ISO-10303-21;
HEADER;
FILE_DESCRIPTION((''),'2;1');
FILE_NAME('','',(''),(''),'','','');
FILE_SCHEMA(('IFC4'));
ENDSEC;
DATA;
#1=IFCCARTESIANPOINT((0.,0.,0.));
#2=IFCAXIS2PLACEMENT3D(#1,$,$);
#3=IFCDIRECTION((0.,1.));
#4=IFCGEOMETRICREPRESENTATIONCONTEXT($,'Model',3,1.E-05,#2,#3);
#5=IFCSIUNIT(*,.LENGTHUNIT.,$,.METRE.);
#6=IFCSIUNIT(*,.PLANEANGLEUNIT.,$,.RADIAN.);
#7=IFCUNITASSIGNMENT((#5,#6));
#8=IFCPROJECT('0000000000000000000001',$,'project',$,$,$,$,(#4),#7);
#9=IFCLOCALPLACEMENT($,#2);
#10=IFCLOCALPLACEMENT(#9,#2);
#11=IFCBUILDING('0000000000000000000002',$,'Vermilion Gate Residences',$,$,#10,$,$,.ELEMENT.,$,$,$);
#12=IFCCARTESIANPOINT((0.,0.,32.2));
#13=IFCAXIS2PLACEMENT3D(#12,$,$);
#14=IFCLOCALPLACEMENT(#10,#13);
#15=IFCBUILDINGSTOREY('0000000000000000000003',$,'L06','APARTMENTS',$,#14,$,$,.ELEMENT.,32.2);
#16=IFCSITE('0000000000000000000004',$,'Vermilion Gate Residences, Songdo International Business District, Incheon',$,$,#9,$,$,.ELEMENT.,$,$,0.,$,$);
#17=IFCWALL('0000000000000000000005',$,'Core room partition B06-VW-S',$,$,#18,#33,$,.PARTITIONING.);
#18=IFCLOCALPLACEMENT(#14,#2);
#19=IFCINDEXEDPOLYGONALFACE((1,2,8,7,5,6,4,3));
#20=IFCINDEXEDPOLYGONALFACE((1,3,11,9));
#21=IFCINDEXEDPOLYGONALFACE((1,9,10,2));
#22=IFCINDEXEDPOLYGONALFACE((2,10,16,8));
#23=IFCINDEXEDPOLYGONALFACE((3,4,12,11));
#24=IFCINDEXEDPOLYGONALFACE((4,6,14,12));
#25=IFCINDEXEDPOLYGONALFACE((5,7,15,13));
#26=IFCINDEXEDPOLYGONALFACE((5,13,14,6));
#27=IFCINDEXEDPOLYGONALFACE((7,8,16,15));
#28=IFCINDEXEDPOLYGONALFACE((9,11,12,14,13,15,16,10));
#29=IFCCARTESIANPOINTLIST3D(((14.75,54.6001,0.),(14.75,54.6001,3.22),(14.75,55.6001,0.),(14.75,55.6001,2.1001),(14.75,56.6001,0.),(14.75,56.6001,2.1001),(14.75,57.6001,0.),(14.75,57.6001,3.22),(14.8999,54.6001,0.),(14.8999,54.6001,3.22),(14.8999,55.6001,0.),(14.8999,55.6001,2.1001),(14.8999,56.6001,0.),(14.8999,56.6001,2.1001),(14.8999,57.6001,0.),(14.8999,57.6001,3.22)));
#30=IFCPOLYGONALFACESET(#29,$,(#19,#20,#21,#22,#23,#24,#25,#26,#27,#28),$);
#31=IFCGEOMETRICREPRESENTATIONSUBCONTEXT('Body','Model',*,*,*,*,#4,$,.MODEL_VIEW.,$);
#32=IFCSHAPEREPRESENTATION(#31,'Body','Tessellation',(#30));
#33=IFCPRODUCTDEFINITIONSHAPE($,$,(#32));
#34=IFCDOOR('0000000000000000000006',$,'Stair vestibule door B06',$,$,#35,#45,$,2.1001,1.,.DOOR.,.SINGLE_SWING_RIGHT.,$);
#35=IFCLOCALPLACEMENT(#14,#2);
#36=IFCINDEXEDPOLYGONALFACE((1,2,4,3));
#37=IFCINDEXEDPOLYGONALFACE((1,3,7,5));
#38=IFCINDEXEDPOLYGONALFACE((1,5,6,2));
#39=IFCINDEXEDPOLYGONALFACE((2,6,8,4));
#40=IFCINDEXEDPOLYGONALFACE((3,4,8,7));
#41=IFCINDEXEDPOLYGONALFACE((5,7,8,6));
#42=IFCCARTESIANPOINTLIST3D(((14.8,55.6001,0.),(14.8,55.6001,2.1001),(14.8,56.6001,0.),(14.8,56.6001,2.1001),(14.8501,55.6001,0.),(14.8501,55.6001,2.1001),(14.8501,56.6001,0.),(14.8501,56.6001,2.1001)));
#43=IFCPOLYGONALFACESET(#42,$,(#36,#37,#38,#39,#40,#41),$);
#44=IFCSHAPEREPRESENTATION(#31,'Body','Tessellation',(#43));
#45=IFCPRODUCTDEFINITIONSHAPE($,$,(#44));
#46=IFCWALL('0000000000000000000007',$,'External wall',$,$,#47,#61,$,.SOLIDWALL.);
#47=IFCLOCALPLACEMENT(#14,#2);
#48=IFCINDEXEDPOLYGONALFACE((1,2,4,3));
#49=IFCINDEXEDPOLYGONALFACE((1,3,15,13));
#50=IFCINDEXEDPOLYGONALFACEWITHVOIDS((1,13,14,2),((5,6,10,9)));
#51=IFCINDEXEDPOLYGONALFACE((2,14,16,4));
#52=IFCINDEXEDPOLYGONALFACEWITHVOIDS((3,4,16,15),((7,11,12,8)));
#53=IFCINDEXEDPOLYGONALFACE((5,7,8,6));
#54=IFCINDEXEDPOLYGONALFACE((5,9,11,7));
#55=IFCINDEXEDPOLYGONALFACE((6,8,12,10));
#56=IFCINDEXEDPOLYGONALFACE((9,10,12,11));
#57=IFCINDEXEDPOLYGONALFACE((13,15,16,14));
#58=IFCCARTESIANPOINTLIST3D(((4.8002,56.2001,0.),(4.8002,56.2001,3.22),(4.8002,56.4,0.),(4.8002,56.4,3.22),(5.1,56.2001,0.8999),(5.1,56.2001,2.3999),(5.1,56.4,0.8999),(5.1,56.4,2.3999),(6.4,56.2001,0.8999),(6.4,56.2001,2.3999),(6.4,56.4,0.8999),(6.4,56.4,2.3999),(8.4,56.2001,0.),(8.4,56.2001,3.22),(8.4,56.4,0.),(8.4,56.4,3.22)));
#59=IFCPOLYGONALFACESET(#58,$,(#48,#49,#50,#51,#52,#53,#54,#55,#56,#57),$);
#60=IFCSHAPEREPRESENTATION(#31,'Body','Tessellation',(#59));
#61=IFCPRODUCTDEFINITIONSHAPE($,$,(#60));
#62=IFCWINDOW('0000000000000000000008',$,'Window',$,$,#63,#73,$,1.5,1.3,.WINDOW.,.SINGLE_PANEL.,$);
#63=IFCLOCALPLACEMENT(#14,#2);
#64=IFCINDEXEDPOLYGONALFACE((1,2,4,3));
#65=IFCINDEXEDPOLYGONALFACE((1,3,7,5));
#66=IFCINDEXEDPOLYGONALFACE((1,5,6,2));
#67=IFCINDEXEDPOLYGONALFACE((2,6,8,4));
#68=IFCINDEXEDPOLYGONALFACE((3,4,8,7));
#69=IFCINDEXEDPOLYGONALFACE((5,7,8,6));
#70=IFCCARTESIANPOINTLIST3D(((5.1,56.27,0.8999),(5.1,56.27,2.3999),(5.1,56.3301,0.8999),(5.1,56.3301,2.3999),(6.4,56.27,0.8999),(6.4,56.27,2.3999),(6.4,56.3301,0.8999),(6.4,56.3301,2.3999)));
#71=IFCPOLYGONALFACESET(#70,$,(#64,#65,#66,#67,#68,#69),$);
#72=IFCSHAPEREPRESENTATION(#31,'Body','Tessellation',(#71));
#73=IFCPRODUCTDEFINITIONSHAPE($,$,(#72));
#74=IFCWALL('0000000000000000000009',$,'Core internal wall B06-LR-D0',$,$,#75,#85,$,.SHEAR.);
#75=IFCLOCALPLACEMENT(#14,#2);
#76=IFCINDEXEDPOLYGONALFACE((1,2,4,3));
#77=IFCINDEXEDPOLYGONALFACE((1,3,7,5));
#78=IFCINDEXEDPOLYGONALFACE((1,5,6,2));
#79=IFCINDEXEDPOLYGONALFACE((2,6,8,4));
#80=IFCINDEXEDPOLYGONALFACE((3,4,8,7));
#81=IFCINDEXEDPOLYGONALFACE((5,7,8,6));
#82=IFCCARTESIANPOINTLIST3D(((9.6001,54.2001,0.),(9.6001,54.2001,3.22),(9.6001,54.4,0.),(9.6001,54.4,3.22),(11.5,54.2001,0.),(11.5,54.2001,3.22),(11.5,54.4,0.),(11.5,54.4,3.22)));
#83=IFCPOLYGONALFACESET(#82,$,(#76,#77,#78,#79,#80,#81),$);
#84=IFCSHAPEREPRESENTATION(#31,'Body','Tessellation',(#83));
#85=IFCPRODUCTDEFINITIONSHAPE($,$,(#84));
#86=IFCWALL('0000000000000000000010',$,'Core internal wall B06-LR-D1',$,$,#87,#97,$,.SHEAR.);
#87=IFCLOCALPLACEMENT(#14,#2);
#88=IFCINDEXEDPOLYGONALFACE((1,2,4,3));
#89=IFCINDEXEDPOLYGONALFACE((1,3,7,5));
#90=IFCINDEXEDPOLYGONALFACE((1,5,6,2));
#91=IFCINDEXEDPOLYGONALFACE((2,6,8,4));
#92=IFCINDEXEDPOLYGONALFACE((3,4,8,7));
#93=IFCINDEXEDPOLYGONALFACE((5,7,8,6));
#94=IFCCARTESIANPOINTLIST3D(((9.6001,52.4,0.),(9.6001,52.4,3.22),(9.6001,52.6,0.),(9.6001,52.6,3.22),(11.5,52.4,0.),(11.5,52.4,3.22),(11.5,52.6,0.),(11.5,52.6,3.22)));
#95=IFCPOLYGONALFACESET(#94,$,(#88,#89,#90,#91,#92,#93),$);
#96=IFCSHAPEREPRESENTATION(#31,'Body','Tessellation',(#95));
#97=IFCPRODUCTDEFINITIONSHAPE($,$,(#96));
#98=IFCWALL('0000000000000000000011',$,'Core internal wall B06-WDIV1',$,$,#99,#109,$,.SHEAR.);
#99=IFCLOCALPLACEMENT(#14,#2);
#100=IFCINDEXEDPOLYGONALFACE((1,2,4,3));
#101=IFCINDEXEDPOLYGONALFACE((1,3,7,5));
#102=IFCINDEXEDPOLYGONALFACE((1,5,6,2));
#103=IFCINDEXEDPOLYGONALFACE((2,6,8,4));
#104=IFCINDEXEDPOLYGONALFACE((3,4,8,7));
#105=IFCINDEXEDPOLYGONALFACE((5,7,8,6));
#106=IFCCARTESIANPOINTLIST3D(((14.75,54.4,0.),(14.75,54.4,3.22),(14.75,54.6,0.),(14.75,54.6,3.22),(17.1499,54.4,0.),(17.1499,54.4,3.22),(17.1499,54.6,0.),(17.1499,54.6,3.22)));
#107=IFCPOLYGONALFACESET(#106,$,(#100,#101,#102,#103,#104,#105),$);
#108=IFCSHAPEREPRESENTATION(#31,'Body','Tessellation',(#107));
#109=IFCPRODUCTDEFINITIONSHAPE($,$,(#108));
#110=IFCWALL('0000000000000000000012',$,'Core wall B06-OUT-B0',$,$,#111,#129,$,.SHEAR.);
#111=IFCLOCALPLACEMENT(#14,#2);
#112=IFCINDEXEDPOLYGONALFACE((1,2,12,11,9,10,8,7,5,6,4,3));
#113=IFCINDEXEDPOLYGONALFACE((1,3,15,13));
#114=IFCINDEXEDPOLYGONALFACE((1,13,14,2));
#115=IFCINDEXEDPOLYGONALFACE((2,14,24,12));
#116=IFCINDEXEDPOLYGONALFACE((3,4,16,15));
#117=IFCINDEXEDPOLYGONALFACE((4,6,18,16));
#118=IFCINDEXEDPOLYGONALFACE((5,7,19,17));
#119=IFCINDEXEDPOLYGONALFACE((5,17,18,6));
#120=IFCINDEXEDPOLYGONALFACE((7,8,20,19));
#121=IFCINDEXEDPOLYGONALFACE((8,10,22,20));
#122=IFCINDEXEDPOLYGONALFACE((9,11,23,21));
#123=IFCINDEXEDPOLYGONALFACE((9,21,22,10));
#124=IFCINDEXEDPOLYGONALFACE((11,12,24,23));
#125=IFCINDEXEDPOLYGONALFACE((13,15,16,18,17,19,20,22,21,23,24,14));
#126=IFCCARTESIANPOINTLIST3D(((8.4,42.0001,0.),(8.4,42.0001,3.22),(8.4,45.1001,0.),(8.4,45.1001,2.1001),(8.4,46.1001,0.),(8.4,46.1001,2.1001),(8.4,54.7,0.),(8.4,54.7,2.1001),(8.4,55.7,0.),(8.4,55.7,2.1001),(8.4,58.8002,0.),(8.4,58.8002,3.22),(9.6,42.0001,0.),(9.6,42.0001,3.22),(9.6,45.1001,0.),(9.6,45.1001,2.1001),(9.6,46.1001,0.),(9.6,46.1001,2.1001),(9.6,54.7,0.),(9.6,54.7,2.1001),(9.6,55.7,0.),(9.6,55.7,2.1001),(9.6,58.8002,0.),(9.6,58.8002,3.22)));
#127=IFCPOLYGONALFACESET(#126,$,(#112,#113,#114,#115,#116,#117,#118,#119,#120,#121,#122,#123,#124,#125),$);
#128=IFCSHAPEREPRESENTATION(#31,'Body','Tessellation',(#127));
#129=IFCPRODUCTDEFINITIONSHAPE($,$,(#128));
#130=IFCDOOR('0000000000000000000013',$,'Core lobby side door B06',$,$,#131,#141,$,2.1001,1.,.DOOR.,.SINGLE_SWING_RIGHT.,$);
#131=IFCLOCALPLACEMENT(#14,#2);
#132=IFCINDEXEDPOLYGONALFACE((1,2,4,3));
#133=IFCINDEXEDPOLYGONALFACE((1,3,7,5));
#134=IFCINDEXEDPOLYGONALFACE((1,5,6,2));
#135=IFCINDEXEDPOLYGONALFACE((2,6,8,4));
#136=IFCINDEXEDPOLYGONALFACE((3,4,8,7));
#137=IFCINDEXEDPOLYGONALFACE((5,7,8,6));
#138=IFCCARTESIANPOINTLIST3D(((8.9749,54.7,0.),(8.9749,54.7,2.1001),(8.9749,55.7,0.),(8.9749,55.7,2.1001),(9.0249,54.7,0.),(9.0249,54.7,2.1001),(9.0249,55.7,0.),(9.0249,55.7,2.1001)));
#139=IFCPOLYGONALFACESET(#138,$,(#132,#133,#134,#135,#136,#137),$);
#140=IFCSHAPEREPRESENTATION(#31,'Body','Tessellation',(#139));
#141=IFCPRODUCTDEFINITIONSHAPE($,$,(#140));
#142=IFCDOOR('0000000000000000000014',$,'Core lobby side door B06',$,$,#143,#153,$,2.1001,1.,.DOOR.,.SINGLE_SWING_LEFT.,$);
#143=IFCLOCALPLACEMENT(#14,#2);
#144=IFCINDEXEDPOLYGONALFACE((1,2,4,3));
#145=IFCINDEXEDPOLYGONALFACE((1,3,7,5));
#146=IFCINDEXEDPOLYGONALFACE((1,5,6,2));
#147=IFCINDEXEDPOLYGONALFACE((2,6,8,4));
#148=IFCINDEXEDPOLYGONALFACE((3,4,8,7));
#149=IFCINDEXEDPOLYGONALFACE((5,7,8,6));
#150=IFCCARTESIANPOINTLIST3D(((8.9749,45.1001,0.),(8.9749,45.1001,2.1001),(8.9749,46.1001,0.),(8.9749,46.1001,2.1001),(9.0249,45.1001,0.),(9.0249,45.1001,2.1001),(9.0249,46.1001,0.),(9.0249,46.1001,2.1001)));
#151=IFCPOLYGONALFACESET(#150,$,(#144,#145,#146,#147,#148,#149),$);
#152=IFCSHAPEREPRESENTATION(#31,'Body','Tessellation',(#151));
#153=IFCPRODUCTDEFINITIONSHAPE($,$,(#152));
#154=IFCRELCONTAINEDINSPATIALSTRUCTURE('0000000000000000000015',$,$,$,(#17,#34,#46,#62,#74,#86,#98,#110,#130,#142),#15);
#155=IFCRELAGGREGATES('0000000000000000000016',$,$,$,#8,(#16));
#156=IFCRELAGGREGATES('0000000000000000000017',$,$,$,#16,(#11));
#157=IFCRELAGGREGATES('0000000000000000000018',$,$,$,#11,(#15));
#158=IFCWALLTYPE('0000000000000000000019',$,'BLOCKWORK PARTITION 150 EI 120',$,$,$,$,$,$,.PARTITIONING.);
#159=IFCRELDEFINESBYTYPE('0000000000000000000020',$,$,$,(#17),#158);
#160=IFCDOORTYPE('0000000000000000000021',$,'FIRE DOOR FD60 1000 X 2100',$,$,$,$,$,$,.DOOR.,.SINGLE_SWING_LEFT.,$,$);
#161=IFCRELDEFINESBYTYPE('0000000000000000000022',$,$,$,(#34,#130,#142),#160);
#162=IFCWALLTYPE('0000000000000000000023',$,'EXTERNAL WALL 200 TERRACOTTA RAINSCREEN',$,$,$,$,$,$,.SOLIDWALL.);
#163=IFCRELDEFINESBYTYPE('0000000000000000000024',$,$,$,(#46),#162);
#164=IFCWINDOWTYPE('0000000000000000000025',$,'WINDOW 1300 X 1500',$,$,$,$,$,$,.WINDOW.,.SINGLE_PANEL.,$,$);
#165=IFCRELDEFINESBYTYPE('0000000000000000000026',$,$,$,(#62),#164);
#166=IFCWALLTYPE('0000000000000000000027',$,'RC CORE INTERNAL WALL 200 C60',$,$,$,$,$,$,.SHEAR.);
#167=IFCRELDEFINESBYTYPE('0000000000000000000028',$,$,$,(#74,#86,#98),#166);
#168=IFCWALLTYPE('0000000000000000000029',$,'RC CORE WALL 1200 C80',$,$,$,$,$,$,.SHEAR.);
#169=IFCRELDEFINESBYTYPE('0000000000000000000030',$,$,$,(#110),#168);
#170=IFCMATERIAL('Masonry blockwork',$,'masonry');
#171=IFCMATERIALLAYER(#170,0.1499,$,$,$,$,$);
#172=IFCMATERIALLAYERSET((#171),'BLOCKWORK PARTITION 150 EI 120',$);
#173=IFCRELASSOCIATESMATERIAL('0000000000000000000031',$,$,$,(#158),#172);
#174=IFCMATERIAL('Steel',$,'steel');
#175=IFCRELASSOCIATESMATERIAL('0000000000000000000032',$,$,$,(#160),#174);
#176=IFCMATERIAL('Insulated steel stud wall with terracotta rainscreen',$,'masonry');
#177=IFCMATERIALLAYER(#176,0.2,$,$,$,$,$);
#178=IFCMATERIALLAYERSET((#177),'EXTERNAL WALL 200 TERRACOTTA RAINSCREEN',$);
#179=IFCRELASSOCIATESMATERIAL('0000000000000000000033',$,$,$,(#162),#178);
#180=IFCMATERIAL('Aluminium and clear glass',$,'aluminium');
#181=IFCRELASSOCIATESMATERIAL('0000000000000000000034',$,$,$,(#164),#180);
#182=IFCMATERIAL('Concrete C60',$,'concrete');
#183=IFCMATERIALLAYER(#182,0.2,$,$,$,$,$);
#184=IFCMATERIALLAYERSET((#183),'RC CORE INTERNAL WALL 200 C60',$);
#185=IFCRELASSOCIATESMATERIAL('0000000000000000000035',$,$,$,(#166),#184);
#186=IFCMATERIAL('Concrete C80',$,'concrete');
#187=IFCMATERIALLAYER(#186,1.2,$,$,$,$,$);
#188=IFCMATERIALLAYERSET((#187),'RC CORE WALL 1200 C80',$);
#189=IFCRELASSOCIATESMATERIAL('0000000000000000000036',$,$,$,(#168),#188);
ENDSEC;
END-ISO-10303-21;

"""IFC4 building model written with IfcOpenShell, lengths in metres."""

from ifc_helpers import new_model, si_unit, direction, frame, frame_2d, origin, place, context, subcontext, project, spatial, rectangle, extrude, material, layer, layer_set, type_object, element, fill, save


model = new_model("IFC4")

# Units and contexts
model_context = context("Model", 3, precision=1e-05, world=origin(), true_north=direction((0.0, 1.0)))
body_context = subcontext(model_context, "Body", "Model", "MODEL_VIEW")
ifc_project = project(units=[si_unit("LENGTHUNIT", "METRE"), si_unit("PLANEANGLEUNIT", "RADIAN")], contexts=[model_context])

# Site, building, storey
site_placement = place(None, origin())
site = spatial("IfcSite", under=ifc_project, at=site_placement, Name="Vermilion Gate Residences, Songdo International Business District, Incheon", CompositionType="ELEMENT", RefElevation=0.0)
building_placement = place(site_placement, origin())
building = spatial("IfcBuilding", under=site, at=building_placement, Name="Vermilion Gate Residences", CompositionType="ELEMENT")
storey_placement = place(building_placement, frame((0.0, 0.0, 32.2)))
storey = spatial("IfcBuildingStorey", under=building, at=storey_placement, Name="L06", Description="APARTMENTS", CompositionType="ELEMENT", Elevation=32.2)

# Wall, opening, door
ifc_material_1 = material(Name="Masonry blockwork", Category="masonry")
ifc_layer_1 = layer(ifc_material_1, 0.1499)
ifc_layer_set_1 = layer_set([ifc_layer_1], Name="BLOCKWORK PARTITION 150 EI 120")
wall_type_1 = type_object("IfcWallType", Name="BLOCKWORK PARTITION 150 EI 120", PredefinedType="PARTITIONING", material=ifc_layer_set_1)
wall_1_placement = place(storey_placement, frame((14.825, 57.6001, 0.0), z_axis=(0.0, 0.0, 1.0), x_axis=(0.0, -1.0, 0.0)))
wall_1 = element("IfcWall", 1, at=wall_1_placement, inside=storey, type_object=wall_type_1, Name="Core room partition B06-VW-S", PredefinedType="PARTITIONING", context=body_context, shape_type="SweptSolid", body=[
    extrude(rectangle(XDim=3.0, YDim=0.1499, at=frame_2d((1.5, 0.0))), origin(), (0.0, 0.0, 1.0), 3.22),
])
opening_1_placement = place(wall_1_placement, frame((1.0, 0.0, 0.0)))
opening_1 = element("IfcOpeningElement", 2, at=opening_1_placement, cuts=wall_1, PredefinedType="OPENING", context=body_context, shape_type="SweptSolid", body=[
    extrude(rectangle(XDim=1.0, YDim=2.1001, at=frame_2d((0.5, 1.05))), frame((0.0, 0.085, 0.0), z_axis=(0.0, -1.0, 0.0), x_axis=(1.0, 0.0, 0.0)), (0.0, 0.0, 1.0), 0.1699),
])
ifc_material_2 = material(Name="Steel", Category="steel")
door_type_1 = type_object("IfcDoorType", Name="FIRE DOOR FD60 1000 X 2100", OperationType="SINGLE_SWING_LEFT", PredefinedType="DOOR", material=ifc_material_2)
door_1_placement = place(opening_1_placement, frame((1.0, 0.0, 0.0), z_axis=(0.0, 0.0, 1.0), x_axis=(-1.0, 0.0, 0.0)))
door_1 = element("IfcDoor", 3, at=door_1_placement, inside=storey, type_object=door_type_1, Name="Stair vestibule door B06", OperationType="SINGLE_SWING_RIGHT", OverallHeight=2.1001, OverallWidth=1.0, PredefinedType="DOOR", context=body_context, shape_type="SweptSolid", body=[
    extrude(rectangle(XDim=1.0, YDim=2.1001, at=frame_2d((0.5, 1.05))), frame((0.0, 0.0249, 0.0), z_axis=(0.0, -1.0, 0.0), x_axis=(1.0, 0.0, 0.0)), (0.0, 0.0, 1.0), 0.05),
])
fill(opening_1, door_1)

# Wall, opening, window
ifc_material_3 = material(Name="Insulated steel stud wall with terracotta rainscreen", Category="masonry")
ifc_layer_2 = layer(ifc_material_3, 0.2)
ifc_layer_set_2 = layer_set([ifc_layer_2], Name="EXTERNAL WALL 200 TERRACOTTA RAINSCREEN")
wall_type_2 = type_object("IfcWallType", Name="EXTERNAL WALL 200 TERRACOTTA RAINSCREEN", PredefinedType="SOLIDWALL", material=ifc_layer_set_2)
wall_2_placement = place(storey_placement, frame((8.3999, 56.3, 0.0), z_axis=(0.0, 0.0, 1.0), x_axis=(-1.0, 0.0, 0.0)))
wall_2 = element("IfcWall", 4, at=wall_2_placement, inside=storey, type_object=wall_type_2, Name="External wall", PredefinedType="SOLIDWALL", context=body_context, shape_type="SweptSolid", body=[
    extrude(rectangle(XDim=3.5999, YDim=0.2, at=frame_2d((1.7998, 0.0))), origin(), (0.0, 0.0, 1.0), 3.22),
])
opening_2_placement = place(wall_2_placement, frame((2.0, 0.0, 0.8999)))
opening_2 = element("IfcOpeningElement", 5, at=opening_2_placement, cuts=wall_2, PredefinedType="OPENING", context=body_context, shape_type="SweptSolid", body=[
    extrude(rectangle(XDim=1.3, YDim=1.5, at=frame_2d((0.6499, 0.75))), frame((0.0, 0.1099, 0.0), z_axis=(0.0, -1.0, 0.0), x_axis=(1.0, 0.0, 0.0)), (0.0, 0.0, 1.0), 0.22),
])
ifc_material_4 = material(Name="Aluminium and clear glass", Category="aluminium")
window_type_1 = type_object("IfcWindowType", Name="WINDOW 1300 X 1500", PartitioningType="SINGLE_PANEL", PredefinedType="WINDOW", material=ifc_material_4)
window_1_placement = place(opening_2_placement, origin())
window_1 = element("IfcWindow", 6, at=window_1_placement, inside=storey, type_object=window_type_1, Name="Window", OverallHeight=1.5, OverallWidth=1.3, PartitioningType="SINGLE_PANEL", PredefinedType="WINDOW", context=body_context, shape_type="SweptSolid", body=[
    extrude(rectangle(XDim=1.3, YDim=1.5, at=frame_2d((0.6499, 0.75))), frame((0.0, 0.03, 0.0), z_axis=(0.0, -1.0, 0.0), x_axis=(1.0, 0.0, 0.0)), (0.0, 0.0, 1.0), 0.0601),
])
fill(opening_2, window_1)

# Walls
ifc_material_5 = material(Name="Concrete C60", Category="concrete")
ifc_layer_3 = layer(ifc_material_5, 0.2)
ifc_layer_set_3 = layer_set([ifc_layer_3], Name="RC CORE INTERNAL WALL 200 C60")
wall_type_3 = type_object("IfcWallType", Name="RC CORE INTERNAL WALL 200 C60", PredefinedType="SHEAR", material=ifc_layer_set_3)
for number, where, z_axis, x_axis, name in (
    (7, (9.6001, 54.3, 0.0), (0.0, 0.0, 1.0), (1.0, 0.0, 0.0), "Core internal wall B06-LR-D0"),
    (8, (9.6001, 52.5, 0.0), (0.0, 0.0, 1.0), (1.0, 0.0, 0.0), "Core internal wall B06-LR-D1"),
):
    element("IfcWall", number, at=place(storey_placement, frame(where, z_axis=z_axis, x_axis=x_axis)), inside=storey, type_object=wall_type_3, Name=name, PredefinedType="SHEAR", context=body_context, shape_type="SweptSolid", body=[
        extrude(rectangle(XDim=1.8999, YDim=0.2, at=frame_2d((0.95, 0.0))), origin(), (0.0, 0.0, 1.0), 3.22),
    ])
wall_3_placement = place(storey_placement, frame((14.75, 54.5, 0.0), z_axis=(0.0, 0.0, 1.0), x_axis=(1.0, 0.0, 0.0)))
element("IfcWall", 9, at=wall_3_placement, inside=storey, type_object=wall_type_3, Name="Core internal wall B06-WDIV1", PredefinedType="SHEAR", context=body_context, shape_type="SweptSolid", body=[
    extrude(rectangle(XDim=2.3999, YDim=0.2, at=frame_2d((1.2, 0.0))), origin(), (0.0, 0.0, 1.0), 3.22),
])

# Wall, openings, doors
ifc_material_6 = material(Name="Concrete C80", Category="concrete")
ifc_layer_4 = layer(ifc_material_6, 1.2)
ifc_layer_set_4 = layer_set([ifc_layer_4], Name="RC CORE WALL 1200 C80")
wall_type_4 = type_object("IfcWallType", Name="RC CORE WALL 1200 C80", PredefinedType="SHEAR", material=ifc_layer_set_4)
wall_4_placement = place(storey_placement, frame((9.0, 58.8, 0.0), z_axis=(0.0, 0.0, 1.0), x_axis=(0.0, -1.0, 0.0)))
wall_4 = element("IfcWall", 10, at=wall_4_placement, inside=storey, type_object=wall_type_4, Name="Core wall B06-OUT-B0", PredefinedType="SHEAR", context=body_context, shape_type="SweptSolid", body=[
    extrude(rectangle(XDim=16.8, YDim=1.2, at=frame_2d((8.3999, 0.0))), origin(), (0.0, 0.0, 1.0), 3.22),
])
opening_3_placement = place(wall_4_placement, frame((3.1001, 0.0, 0.0)))
opening_3 = element("IfcOpeningElement", 11, at=opening_3_placement, cuts=wall_4, PredefinedType="OPENING", context=body_context, shape_type="SweptSolid", body=[
    extrude(rectangle(XDim=1.0, YDim=2.1001, at=frame_2d((0.5, 1.05))), frame((0.0, 0.6099, 0.0), z_axis=(0.0, -1.0, 0.0), x_axis=(1.0, 0.0, 0.0)), (0.0, 0.0, 1.0), 1.22),
])
opening_4_placement = place(wall_4_placement, frame((12.7, 0.0, 0.0)))
opening_4 = element("IfcOpeningElement", 12, at=opening_4_placement, cuts=wall_4, PredefinedType="OPENING", context=body_context, shape_type="SweptSolid", body=[
    extrude(rectangle(XDim=1.0, YDim=2.1001, at=frame_2d((0.5, 1.05))), frame((0.0, 0.6099, 0.0), z_axis=(0.0, -1.0, 0.0), x_axis=(1.0, 0.0, 0.0)), (0.0, 0.0, 1.0), 1.22),
])
door_2_placement = place(opening_3_placement, origin())
door_2 = element("IfcDoor", 13, at=door_2_placement, inside=storey, type_object=door_type_1, Name="Core lobby side door B06", OperationType="SINGLE_SWING_RIGHT", OverallHeight=2.1001, OverallWidth=1.0, PredefinedType="DOOR", context=body_context, shape_type="SweptSolid", body=[
    extrude(rectangle(XDim=1.0, YDim=2.1001, at=frame_2d((0.5, 1.05))), frame((0.0, 0.0249, 0.0), z_axis=(0.0, -1.0, 0.0), x_axis=(1.0, 0.0, 0.0)), (0.0, 0.0, 1.0), 0.05),
])
fill(opening_3, door_2)
door_3_placement = place(opening_4_placement, origin())
door_3 = element("IfcDoor", 14, at=door_3_placement, inside=storey, type_object=door_type_1, Name="Core lobby side door B06", OperationType="SINGLE_SWING_LEFT", OverallHeight=2.1001, OverallWidth=1.0, PredefinedType="DOOR", context=body_context, shape_type="SweptSolid", body=[
    extrude(rectangle(XDim=1.0, YDim=2.1001, at=frame_2d((0.5, 1.05))), frame((0.0, 0.0249, 0.0), z_axis=(0.0, -1.0, 0.0), x_axis=(1.0, 0.0, 0.0)), (0.0, 0.0, 1.0), 0.05),
])
fill(opening_4, door_3)

save(model, "model.ifc")
